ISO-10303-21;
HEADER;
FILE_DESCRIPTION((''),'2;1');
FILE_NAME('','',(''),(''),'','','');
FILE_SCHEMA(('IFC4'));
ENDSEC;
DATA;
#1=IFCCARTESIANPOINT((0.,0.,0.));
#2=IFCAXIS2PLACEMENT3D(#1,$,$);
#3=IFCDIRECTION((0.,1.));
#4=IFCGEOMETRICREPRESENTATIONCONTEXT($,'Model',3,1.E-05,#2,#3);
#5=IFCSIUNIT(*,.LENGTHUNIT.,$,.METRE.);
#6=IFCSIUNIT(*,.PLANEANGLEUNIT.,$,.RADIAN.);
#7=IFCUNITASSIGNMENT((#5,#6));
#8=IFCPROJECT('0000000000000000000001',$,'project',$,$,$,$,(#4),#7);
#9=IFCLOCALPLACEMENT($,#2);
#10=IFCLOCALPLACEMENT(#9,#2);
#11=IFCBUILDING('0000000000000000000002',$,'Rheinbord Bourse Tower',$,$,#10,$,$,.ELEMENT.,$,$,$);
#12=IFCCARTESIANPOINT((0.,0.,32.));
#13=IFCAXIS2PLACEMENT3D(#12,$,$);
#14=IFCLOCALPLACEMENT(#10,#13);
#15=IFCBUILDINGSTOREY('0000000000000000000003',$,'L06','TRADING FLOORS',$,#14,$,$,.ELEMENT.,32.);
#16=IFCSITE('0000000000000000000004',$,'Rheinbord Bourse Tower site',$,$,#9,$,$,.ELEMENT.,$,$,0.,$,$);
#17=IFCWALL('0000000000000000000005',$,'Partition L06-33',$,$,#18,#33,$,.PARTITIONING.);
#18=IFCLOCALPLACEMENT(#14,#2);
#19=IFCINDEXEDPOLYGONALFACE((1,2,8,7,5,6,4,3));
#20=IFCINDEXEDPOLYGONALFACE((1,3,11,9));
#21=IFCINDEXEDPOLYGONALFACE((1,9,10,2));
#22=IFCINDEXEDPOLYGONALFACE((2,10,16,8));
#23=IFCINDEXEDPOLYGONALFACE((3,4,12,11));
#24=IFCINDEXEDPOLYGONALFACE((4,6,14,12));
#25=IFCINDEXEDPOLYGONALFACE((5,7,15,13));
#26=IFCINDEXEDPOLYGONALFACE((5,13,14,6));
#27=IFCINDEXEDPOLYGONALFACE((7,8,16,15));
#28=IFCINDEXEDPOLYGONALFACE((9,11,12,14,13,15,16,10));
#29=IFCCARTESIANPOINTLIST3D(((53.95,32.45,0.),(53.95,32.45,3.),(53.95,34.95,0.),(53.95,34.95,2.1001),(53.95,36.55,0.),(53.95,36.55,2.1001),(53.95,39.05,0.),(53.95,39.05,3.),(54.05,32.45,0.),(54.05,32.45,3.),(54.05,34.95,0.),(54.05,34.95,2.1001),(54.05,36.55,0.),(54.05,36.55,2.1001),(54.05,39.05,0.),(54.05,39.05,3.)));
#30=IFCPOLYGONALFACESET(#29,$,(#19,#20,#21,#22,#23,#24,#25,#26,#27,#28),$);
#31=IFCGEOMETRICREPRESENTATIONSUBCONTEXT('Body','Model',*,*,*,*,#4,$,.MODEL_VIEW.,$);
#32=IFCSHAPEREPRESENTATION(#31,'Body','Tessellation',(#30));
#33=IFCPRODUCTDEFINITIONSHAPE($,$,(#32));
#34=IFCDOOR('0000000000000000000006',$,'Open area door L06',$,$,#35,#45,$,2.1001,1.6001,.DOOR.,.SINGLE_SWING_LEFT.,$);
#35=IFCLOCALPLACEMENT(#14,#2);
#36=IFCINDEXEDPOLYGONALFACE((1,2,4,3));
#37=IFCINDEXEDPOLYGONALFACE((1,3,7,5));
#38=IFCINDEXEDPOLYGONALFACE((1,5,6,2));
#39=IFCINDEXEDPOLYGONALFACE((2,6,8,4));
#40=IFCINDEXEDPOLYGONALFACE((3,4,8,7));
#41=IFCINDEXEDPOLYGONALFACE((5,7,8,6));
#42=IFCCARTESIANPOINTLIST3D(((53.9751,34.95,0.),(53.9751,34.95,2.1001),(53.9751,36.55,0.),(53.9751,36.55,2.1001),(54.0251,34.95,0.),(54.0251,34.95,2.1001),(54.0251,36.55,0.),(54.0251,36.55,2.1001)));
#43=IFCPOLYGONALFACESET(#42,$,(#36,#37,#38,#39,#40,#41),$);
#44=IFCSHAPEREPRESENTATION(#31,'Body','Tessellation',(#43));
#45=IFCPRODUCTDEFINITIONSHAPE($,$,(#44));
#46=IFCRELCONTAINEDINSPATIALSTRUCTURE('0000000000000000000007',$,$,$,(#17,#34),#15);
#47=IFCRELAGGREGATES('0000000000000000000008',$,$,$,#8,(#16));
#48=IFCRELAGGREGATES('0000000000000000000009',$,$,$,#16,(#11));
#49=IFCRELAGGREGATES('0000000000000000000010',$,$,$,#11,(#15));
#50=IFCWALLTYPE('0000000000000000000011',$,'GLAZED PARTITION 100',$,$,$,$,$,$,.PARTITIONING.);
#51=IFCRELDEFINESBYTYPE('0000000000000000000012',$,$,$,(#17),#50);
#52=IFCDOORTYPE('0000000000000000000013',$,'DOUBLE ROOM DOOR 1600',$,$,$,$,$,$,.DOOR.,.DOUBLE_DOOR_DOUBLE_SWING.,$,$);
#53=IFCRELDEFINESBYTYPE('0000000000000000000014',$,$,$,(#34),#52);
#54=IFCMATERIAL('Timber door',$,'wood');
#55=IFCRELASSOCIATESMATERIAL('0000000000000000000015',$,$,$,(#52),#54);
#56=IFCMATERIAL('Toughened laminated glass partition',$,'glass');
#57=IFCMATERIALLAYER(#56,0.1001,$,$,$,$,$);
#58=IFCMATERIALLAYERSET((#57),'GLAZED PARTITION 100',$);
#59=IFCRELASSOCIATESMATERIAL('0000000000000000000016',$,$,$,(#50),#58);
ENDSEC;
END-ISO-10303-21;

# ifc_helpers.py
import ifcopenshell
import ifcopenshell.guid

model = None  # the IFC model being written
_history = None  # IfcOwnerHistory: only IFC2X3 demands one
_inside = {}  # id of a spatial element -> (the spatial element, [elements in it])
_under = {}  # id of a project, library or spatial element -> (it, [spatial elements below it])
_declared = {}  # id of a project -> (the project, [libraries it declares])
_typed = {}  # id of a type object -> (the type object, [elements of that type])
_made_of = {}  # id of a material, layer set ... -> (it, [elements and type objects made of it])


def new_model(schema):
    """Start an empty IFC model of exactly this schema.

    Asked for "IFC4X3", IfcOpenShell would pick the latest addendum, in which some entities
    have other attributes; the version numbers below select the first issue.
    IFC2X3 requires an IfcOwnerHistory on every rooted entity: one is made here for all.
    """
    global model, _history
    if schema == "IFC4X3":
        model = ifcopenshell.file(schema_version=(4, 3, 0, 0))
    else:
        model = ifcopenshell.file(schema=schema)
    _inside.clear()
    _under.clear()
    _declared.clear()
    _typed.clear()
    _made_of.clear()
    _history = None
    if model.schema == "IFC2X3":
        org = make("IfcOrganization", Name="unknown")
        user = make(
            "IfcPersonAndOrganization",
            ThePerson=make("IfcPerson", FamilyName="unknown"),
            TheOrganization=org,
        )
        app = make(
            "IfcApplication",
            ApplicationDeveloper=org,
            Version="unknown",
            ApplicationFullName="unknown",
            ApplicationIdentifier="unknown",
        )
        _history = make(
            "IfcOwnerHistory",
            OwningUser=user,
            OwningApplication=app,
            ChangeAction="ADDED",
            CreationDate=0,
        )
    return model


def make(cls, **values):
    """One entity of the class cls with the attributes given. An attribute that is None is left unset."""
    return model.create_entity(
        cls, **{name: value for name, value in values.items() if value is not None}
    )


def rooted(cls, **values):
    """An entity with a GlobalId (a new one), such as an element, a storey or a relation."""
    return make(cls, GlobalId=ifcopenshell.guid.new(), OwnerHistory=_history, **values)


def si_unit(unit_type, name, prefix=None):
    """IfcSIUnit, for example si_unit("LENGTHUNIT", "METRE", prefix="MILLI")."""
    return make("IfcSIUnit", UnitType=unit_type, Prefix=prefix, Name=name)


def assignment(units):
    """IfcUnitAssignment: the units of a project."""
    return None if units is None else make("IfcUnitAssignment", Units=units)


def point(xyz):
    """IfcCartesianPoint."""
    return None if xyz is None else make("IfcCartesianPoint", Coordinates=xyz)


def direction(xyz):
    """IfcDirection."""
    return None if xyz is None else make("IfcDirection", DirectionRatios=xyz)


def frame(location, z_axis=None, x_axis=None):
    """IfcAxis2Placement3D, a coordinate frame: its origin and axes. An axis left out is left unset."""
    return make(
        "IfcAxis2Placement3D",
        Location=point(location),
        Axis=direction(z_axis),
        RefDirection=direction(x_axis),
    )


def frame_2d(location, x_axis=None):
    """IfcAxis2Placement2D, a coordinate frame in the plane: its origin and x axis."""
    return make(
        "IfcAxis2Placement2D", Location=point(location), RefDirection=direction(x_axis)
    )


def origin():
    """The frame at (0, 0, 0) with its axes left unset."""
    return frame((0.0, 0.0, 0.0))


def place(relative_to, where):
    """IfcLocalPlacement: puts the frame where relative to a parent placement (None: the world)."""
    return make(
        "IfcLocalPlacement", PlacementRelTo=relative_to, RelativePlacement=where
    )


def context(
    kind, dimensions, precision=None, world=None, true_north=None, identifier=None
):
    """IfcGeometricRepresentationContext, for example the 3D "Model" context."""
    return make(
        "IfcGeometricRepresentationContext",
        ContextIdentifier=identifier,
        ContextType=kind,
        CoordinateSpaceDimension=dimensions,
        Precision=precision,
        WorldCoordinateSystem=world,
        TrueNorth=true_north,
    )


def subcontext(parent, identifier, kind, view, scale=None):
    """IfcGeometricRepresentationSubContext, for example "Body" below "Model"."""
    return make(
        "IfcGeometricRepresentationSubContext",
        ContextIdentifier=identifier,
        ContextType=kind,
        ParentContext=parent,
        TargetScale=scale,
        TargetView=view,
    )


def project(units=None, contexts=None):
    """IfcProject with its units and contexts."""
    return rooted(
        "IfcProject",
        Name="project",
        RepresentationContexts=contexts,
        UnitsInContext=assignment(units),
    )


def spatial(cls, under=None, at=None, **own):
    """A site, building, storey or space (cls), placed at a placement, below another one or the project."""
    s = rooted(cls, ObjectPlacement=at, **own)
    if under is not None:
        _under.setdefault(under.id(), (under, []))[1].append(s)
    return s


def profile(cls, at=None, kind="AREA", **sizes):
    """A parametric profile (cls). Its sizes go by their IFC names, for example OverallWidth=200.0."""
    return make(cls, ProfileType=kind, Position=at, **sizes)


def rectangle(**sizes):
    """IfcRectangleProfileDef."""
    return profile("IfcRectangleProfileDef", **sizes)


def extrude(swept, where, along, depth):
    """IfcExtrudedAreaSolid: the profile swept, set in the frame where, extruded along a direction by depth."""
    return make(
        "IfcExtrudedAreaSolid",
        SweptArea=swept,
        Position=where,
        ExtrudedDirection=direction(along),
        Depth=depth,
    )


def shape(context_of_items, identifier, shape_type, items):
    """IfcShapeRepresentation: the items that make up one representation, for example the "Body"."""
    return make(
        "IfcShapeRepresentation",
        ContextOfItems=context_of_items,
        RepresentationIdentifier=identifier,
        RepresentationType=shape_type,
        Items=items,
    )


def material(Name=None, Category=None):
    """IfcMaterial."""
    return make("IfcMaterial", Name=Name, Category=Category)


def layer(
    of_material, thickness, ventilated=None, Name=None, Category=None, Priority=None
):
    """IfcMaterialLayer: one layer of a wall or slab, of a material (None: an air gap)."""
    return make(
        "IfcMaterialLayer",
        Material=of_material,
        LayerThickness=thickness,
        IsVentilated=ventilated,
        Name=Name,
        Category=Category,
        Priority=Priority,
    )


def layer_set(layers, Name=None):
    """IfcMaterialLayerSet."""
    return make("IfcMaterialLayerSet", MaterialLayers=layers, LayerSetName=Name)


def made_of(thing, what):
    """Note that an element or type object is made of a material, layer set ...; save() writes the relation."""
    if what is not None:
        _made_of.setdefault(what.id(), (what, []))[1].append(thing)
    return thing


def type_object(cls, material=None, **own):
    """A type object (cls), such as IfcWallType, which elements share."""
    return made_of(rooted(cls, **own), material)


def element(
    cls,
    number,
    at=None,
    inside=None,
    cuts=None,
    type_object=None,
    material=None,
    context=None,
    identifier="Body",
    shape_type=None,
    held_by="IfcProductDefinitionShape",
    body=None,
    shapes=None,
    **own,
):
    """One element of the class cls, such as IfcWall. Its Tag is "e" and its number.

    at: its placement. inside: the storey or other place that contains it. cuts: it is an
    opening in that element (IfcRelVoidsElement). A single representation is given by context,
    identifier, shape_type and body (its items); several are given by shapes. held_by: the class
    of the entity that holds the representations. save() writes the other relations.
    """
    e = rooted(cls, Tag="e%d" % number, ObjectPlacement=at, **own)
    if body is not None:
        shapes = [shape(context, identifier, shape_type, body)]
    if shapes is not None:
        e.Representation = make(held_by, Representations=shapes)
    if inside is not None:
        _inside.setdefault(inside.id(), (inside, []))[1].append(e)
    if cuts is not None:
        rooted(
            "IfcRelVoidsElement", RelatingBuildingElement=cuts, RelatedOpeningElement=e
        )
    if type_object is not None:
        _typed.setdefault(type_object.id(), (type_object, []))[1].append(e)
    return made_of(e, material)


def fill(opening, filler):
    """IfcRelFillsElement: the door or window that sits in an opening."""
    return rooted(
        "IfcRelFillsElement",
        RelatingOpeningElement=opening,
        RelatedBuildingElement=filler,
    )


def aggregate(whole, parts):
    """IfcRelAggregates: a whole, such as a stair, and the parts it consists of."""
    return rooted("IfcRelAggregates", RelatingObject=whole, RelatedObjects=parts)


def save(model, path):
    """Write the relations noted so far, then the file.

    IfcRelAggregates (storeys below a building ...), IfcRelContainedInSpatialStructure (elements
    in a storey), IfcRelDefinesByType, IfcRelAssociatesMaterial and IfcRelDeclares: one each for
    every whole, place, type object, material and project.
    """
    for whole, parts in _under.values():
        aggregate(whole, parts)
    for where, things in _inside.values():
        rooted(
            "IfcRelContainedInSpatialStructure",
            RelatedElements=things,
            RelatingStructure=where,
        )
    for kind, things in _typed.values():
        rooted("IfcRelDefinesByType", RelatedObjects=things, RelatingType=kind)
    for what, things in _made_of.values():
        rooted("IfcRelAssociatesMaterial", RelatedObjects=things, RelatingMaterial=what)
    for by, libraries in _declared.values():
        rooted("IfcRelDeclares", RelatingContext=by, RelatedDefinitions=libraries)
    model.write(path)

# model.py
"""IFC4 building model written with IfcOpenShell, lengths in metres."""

from ifc_helpers import new_model, si_unit, direction, frame, frame_2d, origin, place, context, subcontext, project, spatial, rectangle, extrude, material, layer, layer_set, type_object, element, fill, save


model = new_model("IFC4")

# Units and contexts
model_context = context("Model", 3, precision=1e-05, world=origin(), true_north=direction((0.0, 1.0)))
body_context = subcontext(model_context, "Body", "Model", "MODEL_VIEW")
ifc_project = project(units=[si_unit("LENGTHUNIT", "METRE"), si_unit("PLANEANGLEUNIT", "RADIAN")], contexts=[model_context])

# Site, building, storey
site_placement = place(None, origin())
site = spatial("IfcSite", under=ifc_project, at=site_placement, Name="Rheinbord Bourse Tower site", CompositionType="ELEMENT", RefElevation=0.0)
building_placement = place(site_placement, origin())
building = spatial("IfcBuilding", under=site, at=building_placement, Name="Rheinbord Bourse Tower", CompositionType="ELEMENT")
storey_placement = place(building_placement, frame((0.0, 0.0, 32.0)))
storey = spatial("IfcBuildingStorey", under=building, at=storey_placement, Name="L06", Description="TRADING FLOORS", CompositionType="ELEMENT", Elevation=32.0)

# Shared definitions
ifc_material_1 = material(Name="Timber door", Category="wood")
door_type = type_object("IfcDoorType", Name="DOUBLE ROOM DOOR 1600", OperationType="DOUBLE_DOOR_DOUBLE_SWING", PredefinedType="DOOR", material=ifc_material_1)

# Wall, opening, door
ifc_material_2 = material(Name="Toughened laminated glass partition", Category="glass")
ifc_layer_1 = layer(ifc_material_2, 0.1001)
ifc_layer_set_1 = layer_set([ifc_layer_1], Name="GLAZED PARTITION 100")
wall_type_1 = type_object("IfcWallType", Name="GLAZED PARTITION 100", PredefinedType="PARTITIONING", material=ifc_layer_set_1)
wall_1_placement = place(storey_placement, frame((54.0, 32.45, 0.0), z_axis=(0.0, 0.0, 1.0), x_axis=(0.0, 1.0, 0.0)))
wall_1 = element("IfcWall", 1, at=wall_1_placement, inside=storey, type_object=wall_type_1, Name="Partition L06-33", PredefinedType="PARTITIONING", context=body_context, shape_type="SweptSolid", body=[
    extrude(rectangle(XDim=6.6001, YDim=0.1001, at=frame_2d((3.3, 0.0))), origin(), (0.0, 0.0, 1.0), 3.0),
])
opening_1_placement = place(wall_1_placement, frame((2.5, 0.0, 0.0)))
opening_1 = element("IfcOpeningElement", 2, at=opening_1_placement, cuts=wall_1, PredefinedType="OPENING", context=body_context, shape_type="SweptSolid", body=[
    extrude(rectangle(XDim=1.6001, YDim=2.1001, at=frame_2d((0.8, 1.05))), frame((0.0, 0.0601, 0.0), z_axis=(0.0, -1.0, 0.0), x_axis=(1.0, 0.0, 0.0)), (0.0, 0.0, 1.0), 0.1201),
])
door_1_placement = place(opening_1_placement, origin())
door_1 = element("IfcDoor", 3, at=door_1_placement, inside=storey, type_object=door_type, Name="Open area door L06", OperationType="SINGLE_SWING_LEFT", OverallHeight=2.1001, OverallWidth=1.6001, PredefinedType="DOOR", context=body_context, shape_type="SweptSolid", body=[
    extrude(rectangle(XDim=1.6001, YDim=2.1001, at=frame_2d((0.8, 1.05))), frame((0.0, 0.0249, 0.0), z_axis=(0.0, -1.0, 0.0), x_axis=(1.0, 0.0, 0.0)), (0.0, 0.0, 1.0), 0.05),
])
fill(opening_1, door_1)

save(model, "model.ifc")
